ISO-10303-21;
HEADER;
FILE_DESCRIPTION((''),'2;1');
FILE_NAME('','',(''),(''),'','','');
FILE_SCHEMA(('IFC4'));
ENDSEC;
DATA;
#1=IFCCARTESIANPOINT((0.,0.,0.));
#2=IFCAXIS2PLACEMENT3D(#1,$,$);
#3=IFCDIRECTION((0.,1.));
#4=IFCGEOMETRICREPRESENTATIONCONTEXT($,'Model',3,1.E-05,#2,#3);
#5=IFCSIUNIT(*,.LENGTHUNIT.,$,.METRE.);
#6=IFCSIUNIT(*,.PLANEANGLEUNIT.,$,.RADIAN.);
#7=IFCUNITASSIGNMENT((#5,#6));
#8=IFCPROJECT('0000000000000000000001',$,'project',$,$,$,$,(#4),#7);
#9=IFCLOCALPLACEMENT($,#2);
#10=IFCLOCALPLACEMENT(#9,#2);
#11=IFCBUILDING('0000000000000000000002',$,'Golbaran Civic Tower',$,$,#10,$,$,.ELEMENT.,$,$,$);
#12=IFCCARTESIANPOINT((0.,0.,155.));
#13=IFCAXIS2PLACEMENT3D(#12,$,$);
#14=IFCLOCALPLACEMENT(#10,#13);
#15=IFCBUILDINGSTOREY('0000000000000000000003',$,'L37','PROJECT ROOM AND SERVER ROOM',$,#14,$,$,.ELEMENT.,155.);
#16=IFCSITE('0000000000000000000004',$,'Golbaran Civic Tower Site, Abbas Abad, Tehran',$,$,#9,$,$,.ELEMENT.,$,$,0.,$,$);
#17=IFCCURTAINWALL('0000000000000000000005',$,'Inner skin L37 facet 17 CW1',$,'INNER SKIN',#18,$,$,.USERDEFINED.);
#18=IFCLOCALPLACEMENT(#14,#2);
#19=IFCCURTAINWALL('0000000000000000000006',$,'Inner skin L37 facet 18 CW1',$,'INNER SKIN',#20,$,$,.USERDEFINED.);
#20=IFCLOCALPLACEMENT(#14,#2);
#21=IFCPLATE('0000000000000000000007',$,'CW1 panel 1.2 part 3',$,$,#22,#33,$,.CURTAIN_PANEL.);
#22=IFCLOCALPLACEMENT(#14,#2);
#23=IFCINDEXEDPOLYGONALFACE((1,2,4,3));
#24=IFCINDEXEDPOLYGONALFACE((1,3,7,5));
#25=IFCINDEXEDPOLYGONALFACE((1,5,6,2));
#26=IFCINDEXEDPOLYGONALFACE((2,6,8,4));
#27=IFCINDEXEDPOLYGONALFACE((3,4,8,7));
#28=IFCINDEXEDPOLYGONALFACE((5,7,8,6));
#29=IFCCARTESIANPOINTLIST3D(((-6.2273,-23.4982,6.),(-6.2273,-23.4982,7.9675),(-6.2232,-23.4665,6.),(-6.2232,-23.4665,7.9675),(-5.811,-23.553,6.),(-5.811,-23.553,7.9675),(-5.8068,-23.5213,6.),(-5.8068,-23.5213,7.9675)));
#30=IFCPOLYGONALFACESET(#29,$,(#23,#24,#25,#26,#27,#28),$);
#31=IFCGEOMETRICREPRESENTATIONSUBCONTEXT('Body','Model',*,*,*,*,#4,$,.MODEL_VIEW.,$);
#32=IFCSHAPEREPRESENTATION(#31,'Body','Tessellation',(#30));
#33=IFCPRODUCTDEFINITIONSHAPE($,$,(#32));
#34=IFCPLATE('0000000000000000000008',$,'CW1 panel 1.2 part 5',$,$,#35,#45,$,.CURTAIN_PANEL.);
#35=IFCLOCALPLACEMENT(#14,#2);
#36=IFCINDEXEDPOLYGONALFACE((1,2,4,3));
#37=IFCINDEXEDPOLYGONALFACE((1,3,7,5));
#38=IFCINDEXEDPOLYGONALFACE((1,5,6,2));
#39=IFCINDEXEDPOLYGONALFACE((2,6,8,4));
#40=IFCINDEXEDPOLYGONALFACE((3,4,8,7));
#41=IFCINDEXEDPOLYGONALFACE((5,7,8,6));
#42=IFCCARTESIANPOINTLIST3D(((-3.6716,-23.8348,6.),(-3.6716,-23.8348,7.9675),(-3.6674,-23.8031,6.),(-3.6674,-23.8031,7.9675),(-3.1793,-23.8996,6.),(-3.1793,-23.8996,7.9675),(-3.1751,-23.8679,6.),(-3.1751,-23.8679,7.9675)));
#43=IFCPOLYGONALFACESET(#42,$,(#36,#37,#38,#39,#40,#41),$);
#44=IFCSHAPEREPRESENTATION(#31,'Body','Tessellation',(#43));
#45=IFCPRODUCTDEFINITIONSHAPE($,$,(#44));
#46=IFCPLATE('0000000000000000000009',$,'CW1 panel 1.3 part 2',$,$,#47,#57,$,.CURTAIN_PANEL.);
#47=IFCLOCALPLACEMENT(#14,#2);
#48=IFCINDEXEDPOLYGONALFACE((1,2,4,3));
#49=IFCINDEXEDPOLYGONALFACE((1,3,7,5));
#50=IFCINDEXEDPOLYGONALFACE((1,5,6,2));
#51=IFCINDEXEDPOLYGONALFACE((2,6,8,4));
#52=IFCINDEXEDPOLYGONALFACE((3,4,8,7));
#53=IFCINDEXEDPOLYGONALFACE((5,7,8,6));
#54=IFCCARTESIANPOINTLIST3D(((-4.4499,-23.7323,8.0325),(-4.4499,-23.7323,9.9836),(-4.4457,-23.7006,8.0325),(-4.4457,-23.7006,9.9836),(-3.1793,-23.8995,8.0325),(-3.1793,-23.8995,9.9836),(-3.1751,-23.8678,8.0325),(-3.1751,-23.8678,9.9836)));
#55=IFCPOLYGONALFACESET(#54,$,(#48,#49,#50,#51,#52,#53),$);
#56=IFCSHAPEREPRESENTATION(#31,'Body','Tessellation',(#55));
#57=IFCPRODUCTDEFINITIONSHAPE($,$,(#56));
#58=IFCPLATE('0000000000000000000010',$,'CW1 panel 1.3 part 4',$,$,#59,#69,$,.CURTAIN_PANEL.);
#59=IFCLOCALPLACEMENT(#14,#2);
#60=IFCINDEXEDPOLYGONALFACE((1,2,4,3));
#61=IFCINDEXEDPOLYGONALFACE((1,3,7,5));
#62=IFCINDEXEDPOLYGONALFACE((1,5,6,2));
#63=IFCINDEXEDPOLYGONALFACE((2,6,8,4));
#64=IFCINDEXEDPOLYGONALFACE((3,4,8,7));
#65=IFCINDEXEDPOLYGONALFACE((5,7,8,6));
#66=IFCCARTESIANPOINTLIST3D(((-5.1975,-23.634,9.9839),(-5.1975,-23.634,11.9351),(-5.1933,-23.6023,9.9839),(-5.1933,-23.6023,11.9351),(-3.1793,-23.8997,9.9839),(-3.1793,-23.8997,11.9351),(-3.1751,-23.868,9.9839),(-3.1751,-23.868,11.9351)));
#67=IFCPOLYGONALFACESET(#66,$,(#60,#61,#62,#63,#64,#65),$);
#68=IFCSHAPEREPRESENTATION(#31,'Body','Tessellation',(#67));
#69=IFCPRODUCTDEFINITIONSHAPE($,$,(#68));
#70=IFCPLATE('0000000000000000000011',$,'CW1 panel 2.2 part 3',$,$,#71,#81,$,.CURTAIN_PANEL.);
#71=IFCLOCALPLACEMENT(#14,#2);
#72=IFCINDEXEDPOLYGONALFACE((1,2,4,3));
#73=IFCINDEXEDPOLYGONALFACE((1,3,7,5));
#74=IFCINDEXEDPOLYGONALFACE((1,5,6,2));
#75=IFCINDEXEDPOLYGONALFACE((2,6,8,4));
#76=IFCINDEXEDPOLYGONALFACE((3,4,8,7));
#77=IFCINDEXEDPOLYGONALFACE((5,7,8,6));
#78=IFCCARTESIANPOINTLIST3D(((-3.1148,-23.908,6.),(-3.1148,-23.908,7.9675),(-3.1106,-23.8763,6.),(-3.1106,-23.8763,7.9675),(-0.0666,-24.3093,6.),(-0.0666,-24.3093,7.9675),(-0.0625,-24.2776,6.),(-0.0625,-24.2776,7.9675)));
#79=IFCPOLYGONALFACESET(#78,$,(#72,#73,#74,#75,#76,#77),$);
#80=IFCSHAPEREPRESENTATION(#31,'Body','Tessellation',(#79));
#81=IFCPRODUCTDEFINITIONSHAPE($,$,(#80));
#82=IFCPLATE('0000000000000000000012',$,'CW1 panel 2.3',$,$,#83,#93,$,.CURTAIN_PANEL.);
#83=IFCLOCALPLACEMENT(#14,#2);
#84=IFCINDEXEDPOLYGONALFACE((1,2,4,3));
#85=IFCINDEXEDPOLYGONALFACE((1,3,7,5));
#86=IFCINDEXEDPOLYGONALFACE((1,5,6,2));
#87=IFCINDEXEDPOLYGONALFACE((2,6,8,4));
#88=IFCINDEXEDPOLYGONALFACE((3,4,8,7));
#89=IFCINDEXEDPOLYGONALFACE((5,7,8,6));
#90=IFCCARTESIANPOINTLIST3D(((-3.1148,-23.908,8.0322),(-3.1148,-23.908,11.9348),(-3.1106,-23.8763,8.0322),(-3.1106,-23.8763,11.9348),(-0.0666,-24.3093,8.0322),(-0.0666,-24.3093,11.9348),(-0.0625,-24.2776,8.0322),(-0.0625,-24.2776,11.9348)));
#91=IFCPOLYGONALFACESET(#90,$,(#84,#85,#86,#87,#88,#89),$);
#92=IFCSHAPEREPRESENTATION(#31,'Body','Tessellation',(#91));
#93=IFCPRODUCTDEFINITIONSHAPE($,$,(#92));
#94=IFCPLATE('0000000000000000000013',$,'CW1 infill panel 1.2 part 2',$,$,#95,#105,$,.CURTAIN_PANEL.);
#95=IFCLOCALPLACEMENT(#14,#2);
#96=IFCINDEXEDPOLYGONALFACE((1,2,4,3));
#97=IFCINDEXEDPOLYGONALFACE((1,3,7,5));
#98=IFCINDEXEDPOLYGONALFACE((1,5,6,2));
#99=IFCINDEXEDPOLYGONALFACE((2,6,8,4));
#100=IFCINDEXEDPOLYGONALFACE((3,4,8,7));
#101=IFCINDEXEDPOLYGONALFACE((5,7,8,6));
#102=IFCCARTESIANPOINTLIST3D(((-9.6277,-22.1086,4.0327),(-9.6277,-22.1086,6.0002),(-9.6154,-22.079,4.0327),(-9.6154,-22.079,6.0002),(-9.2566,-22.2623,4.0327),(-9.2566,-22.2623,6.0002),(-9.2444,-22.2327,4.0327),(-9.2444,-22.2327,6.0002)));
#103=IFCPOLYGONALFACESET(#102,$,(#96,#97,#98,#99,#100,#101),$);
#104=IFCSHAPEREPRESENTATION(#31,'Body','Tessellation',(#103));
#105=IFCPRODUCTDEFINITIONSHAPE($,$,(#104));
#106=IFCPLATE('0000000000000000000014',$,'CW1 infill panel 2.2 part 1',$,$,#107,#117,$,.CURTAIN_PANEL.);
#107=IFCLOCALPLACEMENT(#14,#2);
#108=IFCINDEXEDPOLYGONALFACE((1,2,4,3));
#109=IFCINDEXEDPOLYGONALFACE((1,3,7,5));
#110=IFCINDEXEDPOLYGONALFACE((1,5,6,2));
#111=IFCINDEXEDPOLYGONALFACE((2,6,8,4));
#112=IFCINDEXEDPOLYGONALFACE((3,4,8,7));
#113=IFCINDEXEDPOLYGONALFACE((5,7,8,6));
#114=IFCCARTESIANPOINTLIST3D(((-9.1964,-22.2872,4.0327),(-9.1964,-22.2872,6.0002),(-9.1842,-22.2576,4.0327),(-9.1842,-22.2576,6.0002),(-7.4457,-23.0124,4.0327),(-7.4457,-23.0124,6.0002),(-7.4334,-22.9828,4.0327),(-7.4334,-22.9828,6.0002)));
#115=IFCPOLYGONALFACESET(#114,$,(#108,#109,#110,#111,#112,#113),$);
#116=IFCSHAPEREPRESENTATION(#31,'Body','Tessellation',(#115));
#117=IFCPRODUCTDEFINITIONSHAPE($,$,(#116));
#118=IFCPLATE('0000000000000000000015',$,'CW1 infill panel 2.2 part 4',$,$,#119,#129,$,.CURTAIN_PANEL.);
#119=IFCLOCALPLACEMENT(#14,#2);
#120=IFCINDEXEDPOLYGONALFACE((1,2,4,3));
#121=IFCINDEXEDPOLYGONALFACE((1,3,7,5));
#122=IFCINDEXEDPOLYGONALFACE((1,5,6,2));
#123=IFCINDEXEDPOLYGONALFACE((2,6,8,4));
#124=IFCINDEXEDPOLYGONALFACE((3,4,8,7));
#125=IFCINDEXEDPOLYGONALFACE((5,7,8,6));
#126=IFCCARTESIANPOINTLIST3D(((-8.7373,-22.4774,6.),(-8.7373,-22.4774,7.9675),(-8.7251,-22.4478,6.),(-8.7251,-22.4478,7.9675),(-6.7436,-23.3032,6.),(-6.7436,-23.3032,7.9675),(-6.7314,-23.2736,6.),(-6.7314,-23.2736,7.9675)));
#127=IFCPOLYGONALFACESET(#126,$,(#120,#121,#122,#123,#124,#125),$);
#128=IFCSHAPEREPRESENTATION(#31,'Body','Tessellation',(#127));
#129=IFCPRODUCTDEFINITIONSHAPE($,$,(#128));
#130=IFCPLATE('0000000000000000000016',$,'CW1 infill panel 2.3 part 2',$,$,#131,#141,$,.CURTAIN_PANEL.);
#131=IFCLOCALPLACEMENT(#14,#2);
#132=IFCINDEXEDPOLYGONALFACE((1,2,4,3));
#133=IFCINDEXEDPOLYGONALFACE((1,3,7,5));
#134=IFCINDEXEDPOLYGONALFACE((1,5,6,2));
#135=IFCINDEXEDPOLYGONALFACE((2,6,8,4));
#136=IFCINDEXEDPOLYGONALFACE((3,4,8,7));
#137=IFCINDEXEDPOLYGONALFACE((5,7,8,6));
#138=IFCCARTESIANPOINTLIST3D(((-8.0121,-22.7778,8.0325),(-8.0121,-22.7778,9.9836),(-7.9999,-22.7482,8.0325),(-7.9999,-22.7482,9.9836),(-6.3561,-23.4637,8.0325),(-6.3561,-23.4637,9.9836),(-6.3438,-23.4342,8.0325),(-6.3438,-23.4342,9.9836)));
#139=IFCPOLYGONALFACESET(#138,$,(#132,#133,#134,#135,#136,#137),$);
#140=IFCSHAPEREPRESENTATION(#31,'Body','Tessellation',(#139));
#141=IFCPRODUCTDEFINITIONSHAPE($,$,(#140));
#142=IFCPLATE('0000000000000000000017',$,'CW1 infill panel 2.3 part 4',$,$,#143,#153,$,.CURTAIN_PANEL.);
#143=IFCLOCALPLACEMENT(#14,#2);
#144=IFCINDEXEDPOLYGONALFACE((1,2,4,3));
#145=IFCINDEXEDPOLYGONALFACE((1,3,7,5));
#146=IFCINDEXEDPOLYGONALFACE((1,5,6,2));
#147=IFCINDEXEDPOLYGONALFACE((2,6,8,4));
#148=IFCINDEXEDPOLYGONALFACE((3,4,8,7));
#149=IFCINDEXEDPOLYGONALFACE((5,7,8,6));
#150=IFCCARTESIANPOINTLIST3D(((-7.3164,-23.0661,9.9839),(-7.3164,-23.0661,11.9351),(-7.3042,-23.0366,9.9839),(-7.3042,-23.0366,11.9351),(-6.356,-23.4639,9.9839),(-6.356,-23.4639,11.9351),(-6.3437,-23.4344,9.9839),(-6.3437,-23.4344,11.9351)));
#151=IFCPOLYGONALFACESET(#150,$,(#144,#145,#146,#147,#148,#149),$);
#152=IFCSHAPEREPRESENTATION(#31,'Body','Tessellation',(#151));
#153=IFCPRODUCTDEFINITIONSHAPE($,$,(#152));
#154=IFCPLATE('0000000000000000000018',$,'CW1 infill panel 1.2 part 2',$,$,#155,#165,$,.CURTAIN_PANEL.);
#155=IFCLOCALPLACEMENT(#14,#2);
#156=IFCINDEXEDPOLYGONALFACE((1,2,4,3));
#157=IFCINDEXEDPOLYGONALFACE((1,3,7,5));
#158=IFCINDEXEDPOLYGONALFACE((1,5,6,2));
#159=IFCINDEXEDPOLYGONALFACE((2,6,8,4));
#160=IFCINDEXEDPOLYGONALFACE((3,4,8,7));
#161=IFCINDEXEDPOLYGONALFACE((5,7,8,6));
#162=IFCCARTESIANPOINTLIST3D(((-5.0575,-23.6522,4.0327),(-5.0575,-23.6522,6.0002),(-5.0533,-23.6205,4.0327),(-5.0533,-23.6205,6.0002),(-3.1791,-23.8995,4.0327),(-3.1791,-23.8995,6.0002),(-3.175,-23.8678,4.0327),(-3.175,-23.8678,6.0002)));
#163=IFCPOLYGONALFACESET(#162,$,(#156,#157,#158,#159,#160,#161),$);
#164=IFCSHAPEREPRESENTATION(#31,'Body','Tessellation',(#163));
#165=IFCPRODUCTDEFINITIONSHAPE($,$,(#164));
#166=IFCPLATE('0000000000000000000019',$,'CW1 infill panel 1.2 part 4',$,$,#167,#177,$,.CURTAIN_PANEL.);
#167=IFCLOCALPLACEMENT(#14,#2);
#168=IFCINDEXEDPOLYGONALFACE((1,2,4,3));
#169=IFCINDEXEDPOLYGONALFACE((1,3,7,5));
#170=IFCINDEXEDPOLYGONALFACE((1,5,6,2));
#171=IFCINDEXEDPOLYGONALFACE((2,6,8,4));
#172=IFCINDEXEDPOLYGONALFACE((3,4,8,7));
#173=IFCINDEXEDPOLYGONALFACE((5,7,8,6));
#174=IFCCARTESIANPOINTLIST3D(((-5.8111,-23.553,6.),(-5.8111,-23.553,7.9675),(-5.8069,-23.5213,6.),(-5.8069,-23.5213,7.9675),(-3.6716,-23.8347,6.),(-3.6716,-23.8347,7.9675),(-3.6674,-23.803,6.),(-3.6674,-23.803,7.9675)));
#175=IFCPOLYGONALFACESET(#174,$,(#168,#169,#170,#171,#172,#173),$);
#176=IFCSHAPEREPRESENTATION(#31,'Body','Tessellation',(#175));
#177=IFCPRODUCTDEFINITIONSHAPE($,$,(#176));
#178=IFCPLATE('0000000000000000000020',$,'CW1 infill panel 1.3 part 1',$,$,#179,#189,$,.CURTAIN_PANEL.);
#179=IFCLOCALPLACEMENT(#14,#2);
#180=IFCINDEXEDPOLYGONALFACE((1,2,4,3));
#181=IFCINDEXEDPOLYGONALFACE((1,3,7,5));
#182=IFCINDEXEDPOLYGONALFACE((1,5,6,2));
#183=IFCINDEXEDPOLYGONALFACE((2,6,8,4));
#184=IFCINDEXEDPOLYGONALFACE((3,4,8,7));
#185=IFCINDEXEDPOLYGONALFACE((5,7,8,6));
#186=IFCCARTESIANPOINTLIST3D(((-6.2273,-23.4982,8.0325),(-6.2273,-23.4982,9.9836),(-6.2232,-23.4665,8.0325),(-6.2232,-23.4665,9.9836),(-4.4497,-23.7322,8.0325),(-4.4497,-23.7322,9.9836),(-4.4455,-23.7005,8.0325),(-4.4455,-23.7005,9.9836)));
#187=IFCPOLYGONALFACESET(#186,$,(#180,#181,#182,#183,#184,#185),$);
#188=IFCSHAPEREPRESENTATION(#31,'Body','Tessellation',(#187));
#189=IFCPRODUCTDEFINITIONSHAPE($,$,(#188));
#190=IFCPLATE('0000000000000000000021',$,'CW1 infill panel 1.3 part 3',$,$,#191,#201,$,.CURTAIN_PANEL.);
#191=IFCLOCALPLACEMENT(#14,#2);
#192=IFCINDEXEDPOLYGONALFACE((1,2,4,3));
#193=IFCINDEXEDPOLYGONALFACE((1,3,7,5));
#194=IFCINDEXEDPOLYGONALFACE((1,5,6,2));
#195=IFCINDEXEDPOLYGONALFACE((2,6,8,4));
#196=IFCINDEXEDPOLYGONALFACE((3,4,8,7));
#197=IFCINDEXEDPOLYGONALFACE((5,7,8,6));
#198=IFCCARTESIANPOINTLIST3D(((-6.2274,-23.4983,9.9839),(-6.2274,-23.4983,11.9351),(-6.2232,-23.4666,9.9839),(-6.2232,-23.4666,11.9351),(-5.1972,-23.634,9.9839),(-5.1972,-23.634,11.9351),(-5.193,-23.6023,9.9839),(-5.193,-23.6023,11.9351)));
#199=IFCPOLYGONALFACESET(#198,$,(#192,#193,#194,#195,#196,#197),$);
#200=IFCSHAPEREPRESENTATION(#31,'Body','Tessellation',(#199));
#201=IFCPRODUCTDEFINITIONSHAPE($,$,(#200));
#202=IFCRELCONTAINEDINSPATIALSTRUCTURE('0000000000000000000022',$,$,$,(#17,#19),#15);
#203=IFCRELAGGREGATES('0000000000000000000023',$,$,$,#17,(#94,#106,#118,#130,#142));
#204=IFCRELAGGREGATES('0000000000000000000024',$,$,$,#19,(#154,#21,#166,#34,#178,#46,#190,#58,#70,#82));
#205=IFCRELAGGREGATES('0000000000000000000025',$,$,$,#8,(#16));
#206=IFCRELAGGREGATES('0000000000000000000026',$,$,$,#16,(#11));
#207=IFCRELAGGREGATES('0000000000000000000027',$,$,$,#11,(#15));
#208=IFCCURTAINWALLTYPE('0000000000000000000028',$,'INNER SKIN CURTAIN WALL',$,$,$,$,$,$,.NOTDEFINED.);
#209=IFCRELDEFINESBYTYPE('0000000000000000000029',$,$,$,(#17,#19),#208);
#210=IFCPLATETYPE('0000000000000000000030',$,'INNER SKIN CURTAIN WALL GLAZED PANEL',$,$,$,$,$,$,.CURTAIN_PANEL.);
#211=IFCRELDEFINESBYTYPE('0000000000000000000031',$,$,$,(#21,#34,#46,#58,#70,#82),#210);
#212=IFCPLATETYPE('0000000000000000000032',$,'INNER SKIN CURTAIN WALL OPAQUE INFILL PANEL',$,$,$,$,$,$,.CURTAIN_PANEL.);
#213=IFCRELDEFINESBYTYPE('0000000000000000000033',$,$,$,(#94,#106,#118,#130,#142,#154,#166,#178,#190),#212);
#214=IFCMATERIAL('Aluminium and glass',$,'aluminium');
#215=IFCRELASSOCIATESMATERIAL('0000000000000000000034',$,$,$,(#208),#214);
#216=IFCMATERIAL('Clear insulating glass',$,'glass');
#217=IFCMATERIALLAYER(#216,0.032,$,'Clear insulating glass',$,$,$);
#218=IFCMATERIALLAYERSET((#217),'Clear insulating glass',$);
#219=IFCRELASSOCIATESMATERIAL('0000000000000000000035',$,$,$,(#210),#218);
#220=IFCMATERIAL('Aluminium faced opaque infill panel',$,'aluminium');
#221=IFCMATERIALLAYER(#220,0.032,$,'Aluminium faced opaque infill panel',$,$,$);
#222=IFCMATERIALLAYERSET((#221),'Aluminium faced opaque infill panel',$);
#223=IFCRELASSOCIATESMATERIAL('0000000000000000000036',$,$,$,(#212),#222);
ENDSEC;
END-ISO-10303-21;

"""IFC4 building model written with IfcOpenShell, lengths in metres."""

from ifc_helpers import new_model, si_unit, direction, frame, origin, origin_2d, place, context, subcontext, project, spatial, rectangle, extrude, material, layer, layer_set, type_object, element, aggregate, save


model = new_model("IFC4")

# Units and contexts
model_context = context("Model", 3, precision=1e-05, world=origin(), true_north=direction((0.0, 1.0)))
body_context = subcontext(model_context, "Body", "Model", "MODEL_VIEW")
ifc_project = project(units=[si_unit("LENGTHUNIT", "METRE"), si_unit("PLANEANGLEUNIT", "RADIAN")], contexts=[model_context])

# Site, building, storey
site_placement = place(None, origin())
site = spatial("IfcSite", under=ifc_project, at=site_placement, Name="Golbaran Civic Tower Site, Abbas Abad, Tehran", CompositionType="ELEMENT", RefElevation=0.0)
building_placement = place(site_placement, origin())
building = spatial("IfcBuilding", under=site, at=building_placement, Name="Golbaran Civic Tower", CompositionType="ELEMENT")
storey_placement = place(building_placement, frame((0.0, 0.0, 155.0)))
storey = spatial("IfcBuildingStorey", under=building, at=storey_placement, Name="L37", Description="PROJECT ROOM AND SERVER ROOM", CompositionType="ELEMENT", Elevation=155.0)

# Curtain walls
ifc_material_1 = material(Name="Aluminium and glass", Category="aluminium")
curtain_wall_type = type_object("IfcCurtainWallType", Name="INNER SKIN CURTAIN WALL", PredefinedType="NOTDEFINED", material=ifc_material_1)
curtain_wall_1_placement = place(storey_placement, origin())
curtain_wall_1 = element("IfcCurtainWall", 1, at=curtain_wall_1_placement, inside=storey, type_object=curtain_wall_type, Name="Inner skin L37 facet 17 CW1", ObjectType="INNER SKIN", PredefinedType="USERDEFINED")
curtain_wall_2_placement = place(storey_placement, origin())
curtain_wall_2 = element("IfcCurtainWall", 2, at=curtain_wall_2_placement, inside=storey, type_object=curtain_wall_type, Name="Inner skin L37 facet 18 CW1", ObjectType="INNER SKIN", PredefinedType="USERDEFINED")

# Plates
ifc_material_2 = material(Name="Clear insulating glass", Category="glass")
ifc_layer_1 = layer(ifc_material_2, 0.032, Name="Clear insulating glass")
ifc_layer_set_1 = layer_set([ifc_layer_1], Name="Clear insulating glass")
plate_type_1 = type_object("IfcPlateType", Name="INNER SKIN CURTAIN WALL GLAZED PANEL", PredefinedType="CURTAIN_PANEL", material=ifc_layer_set_1)
plate_1_placement = place(storey_placement, frame((-6.0171, -23.5098, 6.0), z_axis=(0.0, 0.0, 1.0), x_axis=(0.991445, -0.130526, 0.0)))
plate_1 = element("IfcPlate", 3, at=plate_1_placement, type_object=plate_type_1, Name="CW1 panel 1.2 part 3", PredefinedType="CURTAIN_PANEL", context=body_context, shape_type="SweptSolid", body=[
    extrude(rectangle(XDim=0.4199, YDim=0.032, at=origin_2d()), origin(), (0.0, 0.0, 1.0), 1.9675),
])
plate_2_placement = place(storey_placement, frame((-3.4233, -23.8513, 6.0), z_axis=(0.0, 0.0, 1.0), x_axis=(0.991445, -0.130526, 0.0)))
plate_2 = element("IfcPlate", 4, at=plate_2_placement, type_object=plate_type_1, Name="CW1 panel 1.2 part 5", PredefinedType="CURTAIN_PANEL", context=body_context, shape_type="SweptSolid", body=[
    extrude(rectangle(XDim=0.4966, YDim=0.032, at=origin_2d()), origin(), (0.0, 0.0, 1.0), 1.9675),
])
plate_3_placement = place(storey_placement, frame((-3.8125, -23.8, 8.0325), z_axis=(0.0, 0.0, 1.0), x_axis=(0.991445, -0.130526, 0.0)))
plate_3 = element("IfcPlate", 5, at=plate_3_placement, type_object=plate_type_1, Name="CW1 panel 1.3 part 2", PredefinedType="CURTAIN_PANEL", context=body_context, shape_type="SweptSolid", body=[
    extrude(rectangle(XDim=1.2815, YDim=0.032, at=origin_2d()), origin(), (0.0, 0.0, 1.0), 1.9512),
])
plate_4_placement = place(storey_placement, frame((-4.1863, -23.751, 9.9839), z_axis=(0.0, 0.0, 1.0), x_axis=(0.991445, -0.130526, 0.0)))
plate_4 = element("IfcPlate", 6, at=plate_4_placement, type_object=plate_type_1, Name="CW1 panel 1.3 part 4", PredefinedType="CURTAIN_PANEL", context=body_context, shape_type="SweptSolid", body=[
    extrude(rectangle(XDim=2.0356, YDim=0.032, at=origin_2d()), origin(), (0.0, 0.0, 1.0), 1.9512),
])
plate_5_placement = place(storey_placement, frame((-1.5886, -24.0928, 6.0), z_axis=(0.0, 0.0, 1.0), x_axis=(0.991445, -0.130526, 0.0)))
plate_5 = element("IfcPlate", 7, at=plate_5_placement, type_object=plate_type_1, Name="CW1 panel 2.2 part 3", PredefinedType="CURTAIN_PANEL", context=body_context, shape_type="SweptSolid", body=[
    extrude(rectangle(XDim=3.0745, YDim=0.032, at=origin_2d()), origin(), (0.0, 0.0, 1.0), 1.9675),
])
plate_6_placement = place(storey_placement, frame((-1.5886, -24.0928, 8.0322), z_axis=(0.0, 0.0, 1.0), x_axis=(0.991445, -0.130526, 0.0)))
plate_6 = element("IfcPlate", 8, at=plate_6_placement, type_object=plate_type_1, Name="CW1 panel 2.3", PredefinedType="CURTAIN_PANEL", context=body_context, shape_type="SweptSolid", body=[
    extrude(rectangle(XDim=3.0745, YDim=0.032, at=origin_2d()), origin(), (0.0, 0.0, 1.0), 3.9026),
])
ifc_material_3 = material(Name="Aluminium faced opaque infill panel", Category="aluminium")
ifc_layer_2 = layer(ifc_material_3, 0.032, Name="Aluminium faced opaque infill panel")
ifc_layer_set_2 = layer_set([ifc_layer_2], Name="Aluminium faced opaque infill panel")
plate_type_2 = type_object("IfcPlateType", Name="INNER SKIN CURTAIN WALL OPAQUE INFILL PANEL", PredefinedType="CURTAIN_PANEL", material=ifc_layer_set_2)
plate_7_placement = place(storey_placement, frame((-9.436, -22.1707, 4.0327), z_axis=(0.0, 0.0, 1.0), x_axis=(0.92388, -0.382683, 0.0)))
plate_7 = element("IfcPlate", 9, at=plate_7_placement, type_object=plate_type_2, Name="CW1 infill panel 1.2 part 2", PredefinedType="CURTAIN_PANEL", context=body_context, shape_type="SweptSolid", body=[
    extrude(rectangle(XDim=0.4016, YDim=0.032, at=origin_2d()), origin(), (0.0, 0.0, 1.0), 1.9675),
])
plate_8_placement = place(storey_placement, frame((-8.3149, -22.635, 4.0327), z_axis=(0.0, 0.0, 1.0), x_axis=(0.92388, -0.382683, 0.0)))
plate_8 = element("IfcPlate", 10, at=plate_8_placement, type_object=plate_type_2, Name="CW1 infill panel 2.2 part 1", PredefinedType="CURTAIN_PANEL", context=body_context, shape_type="SweptSolid", body=[
    extrude(rectangle(XDim=1.895, YDim=0.032, at=origin_2d()), origin(), (0.0, 0.0, 1.0), 1.9675),
])
plate_9_placement = place(storey_placement, frame((-7.7344, -22.8755, 6.0), z_axis=(0.0, 0.0, 1.0), x_axis=(0.92388, -0.382683, 0.0)))
plate_9 = element("IfcPlate", 11, at=plate_9_placement, type_object=plate_type_2, Name="CW1 infill panel 2.2 part 4", PredefinedType="CURTAIN_PANEL", context=body_context, shape_type="SweptSolid", body=[
    extrude(rectangle(XDim=2.158, YDim=0.032, at=origin_2d()), origin(), (0.0, 0.0, 1.0), 1.9675),
])
plate_10_placement = place(storey_placement, frame((-7.178, -23.106, 8.0325), z_axis=(0.0, 0.0, 1.0), x_axis=(0.92388, -0.382683, 0.0)))
plate_10 = element("IfcPlate", 12, at=plate_10_placement, type_object=plate_type_2, Name="CW1 infill panel 2.3 part 2", PredefinedType="CURTAIN_PANEL", context=body_context, shape_type="SweptSolid", body=[
    extrude(rectangle(XDim=1.7925, YDim=0.032, at=origin_2d()), origin(), (0.0, 0.0, 1.0), 1.9512),
])
plate_11_placement = place(storey_placement, frame((-6.8301, -23.2502, 9.9839), z_axis=(0.0, 0.0, 1.0), x_axis=(0.92388, -0.382683, 0.0)))
plate_11 = element("IfcPlate", 13, at=plate_11_placement, type_object=plate_type_2, Name="CW1 infill panel 2.3 part 4", PredefinedType="CURTAIN_PANEL", context=body_context, shape_type="SweptSolid", body=[
    extrude(rectangle(XDim=1.0396, YDim=0.032, at=origin_2d()), origin(), (0.0, 0.0, 1.0), 1.9512),
])
aggregate(curtain_wall_1, [plate_7, plate_8, plate_9, plate_10, plate_11])
plate_12_placement = place(storey_placement, frame((-4.1162, -23.76, 4.0327), z_axis=(0.0, 0.0, 1.0), x_axis=(0.991445, -0.130526, 0.0)))
plate_12 = element("IfcPlate", 14, at=plate_12_placement, type_object=plate_type_2, Name="CW1 infill panel 1.2 part 2", PredefinedType="CURTAIN_PANEL", context=body_context, shape_type="SweptSolid", body=[
    extrude(rectangle(XDim=1.8945, YDim=0.032, at=origin_2d()), origin(), (0.0, 0.0, 1.0), 1.9675),
])
plate_13_placement = place(storey_placement, frame((-4.7393, -23.678, 6.0), z_axis=(0.0, 0.0, 1.0), x_axis=(0.991445, -0.130526, 0.0)))
plate_13 = element("IfcPlate", 15, at=plate_13_placement, type_object=plate_type_2, Name="CW1 infill panel 1.2 part 4", PredefinedType="CURTAIN_PANEL", context=body_context, shape_type="SweptSolid", body=[
    extrude(rectangle(XDim=2.158, YDim=0.032, at=origin_2d()), origin(), (0.0, 0.0, 1.0), 1.9675),
])
plate_14_placement = place(storey_placement, frame((-5.3364, -23.5994, 8.0325), z_axis=(0.0, 0.0, 1.0), x_axis=(0.991445, -0.130526, 0.0)))
plate_14 = element("IfcPlate", 16, at=plate_14_placement, type_object=plate_type_2, Name="CW1 infill panel 1.3 part 1", PredefinedType="CURTAIN_PANEL", context=body_context, shape_type="SweptSolid", body=[
    extrude(rectangle(XDim=1.793, YDim=0.032, at=origin_2d()), origin(), (0.0, 0.0, 1.0), 1.9512),
])
plate_15_placement = place(storey_placement, frame((-5.7102, -23.5503, 9.9839), z_axis=(0.0, 0.0, 1.0), x_axis=(0.991445, -0.130526, 0.0)))
plate_15 = element("IfcPlate", 17, at=plate_15_placement, type_object=plate_type_2, Name="CW1 infill panel 1.3 part 3", PredefinedType="CURTAIN_PANEL", context=body_context, shape_type="SweptSolid", body=[
    extrude(rectangle(XDim=1.0391, YDim=0.032, at=origin_2d()), origin(), (0.0, 0.0, 1.0), 1.9512),
])
aggregate(curtain_wall_2, [plate_12, plate_1, plate_13, plate_2, plate_14, plate_3, plate_15, plate_4, plate_5, plate_6])

save(model, "model.ifc")
